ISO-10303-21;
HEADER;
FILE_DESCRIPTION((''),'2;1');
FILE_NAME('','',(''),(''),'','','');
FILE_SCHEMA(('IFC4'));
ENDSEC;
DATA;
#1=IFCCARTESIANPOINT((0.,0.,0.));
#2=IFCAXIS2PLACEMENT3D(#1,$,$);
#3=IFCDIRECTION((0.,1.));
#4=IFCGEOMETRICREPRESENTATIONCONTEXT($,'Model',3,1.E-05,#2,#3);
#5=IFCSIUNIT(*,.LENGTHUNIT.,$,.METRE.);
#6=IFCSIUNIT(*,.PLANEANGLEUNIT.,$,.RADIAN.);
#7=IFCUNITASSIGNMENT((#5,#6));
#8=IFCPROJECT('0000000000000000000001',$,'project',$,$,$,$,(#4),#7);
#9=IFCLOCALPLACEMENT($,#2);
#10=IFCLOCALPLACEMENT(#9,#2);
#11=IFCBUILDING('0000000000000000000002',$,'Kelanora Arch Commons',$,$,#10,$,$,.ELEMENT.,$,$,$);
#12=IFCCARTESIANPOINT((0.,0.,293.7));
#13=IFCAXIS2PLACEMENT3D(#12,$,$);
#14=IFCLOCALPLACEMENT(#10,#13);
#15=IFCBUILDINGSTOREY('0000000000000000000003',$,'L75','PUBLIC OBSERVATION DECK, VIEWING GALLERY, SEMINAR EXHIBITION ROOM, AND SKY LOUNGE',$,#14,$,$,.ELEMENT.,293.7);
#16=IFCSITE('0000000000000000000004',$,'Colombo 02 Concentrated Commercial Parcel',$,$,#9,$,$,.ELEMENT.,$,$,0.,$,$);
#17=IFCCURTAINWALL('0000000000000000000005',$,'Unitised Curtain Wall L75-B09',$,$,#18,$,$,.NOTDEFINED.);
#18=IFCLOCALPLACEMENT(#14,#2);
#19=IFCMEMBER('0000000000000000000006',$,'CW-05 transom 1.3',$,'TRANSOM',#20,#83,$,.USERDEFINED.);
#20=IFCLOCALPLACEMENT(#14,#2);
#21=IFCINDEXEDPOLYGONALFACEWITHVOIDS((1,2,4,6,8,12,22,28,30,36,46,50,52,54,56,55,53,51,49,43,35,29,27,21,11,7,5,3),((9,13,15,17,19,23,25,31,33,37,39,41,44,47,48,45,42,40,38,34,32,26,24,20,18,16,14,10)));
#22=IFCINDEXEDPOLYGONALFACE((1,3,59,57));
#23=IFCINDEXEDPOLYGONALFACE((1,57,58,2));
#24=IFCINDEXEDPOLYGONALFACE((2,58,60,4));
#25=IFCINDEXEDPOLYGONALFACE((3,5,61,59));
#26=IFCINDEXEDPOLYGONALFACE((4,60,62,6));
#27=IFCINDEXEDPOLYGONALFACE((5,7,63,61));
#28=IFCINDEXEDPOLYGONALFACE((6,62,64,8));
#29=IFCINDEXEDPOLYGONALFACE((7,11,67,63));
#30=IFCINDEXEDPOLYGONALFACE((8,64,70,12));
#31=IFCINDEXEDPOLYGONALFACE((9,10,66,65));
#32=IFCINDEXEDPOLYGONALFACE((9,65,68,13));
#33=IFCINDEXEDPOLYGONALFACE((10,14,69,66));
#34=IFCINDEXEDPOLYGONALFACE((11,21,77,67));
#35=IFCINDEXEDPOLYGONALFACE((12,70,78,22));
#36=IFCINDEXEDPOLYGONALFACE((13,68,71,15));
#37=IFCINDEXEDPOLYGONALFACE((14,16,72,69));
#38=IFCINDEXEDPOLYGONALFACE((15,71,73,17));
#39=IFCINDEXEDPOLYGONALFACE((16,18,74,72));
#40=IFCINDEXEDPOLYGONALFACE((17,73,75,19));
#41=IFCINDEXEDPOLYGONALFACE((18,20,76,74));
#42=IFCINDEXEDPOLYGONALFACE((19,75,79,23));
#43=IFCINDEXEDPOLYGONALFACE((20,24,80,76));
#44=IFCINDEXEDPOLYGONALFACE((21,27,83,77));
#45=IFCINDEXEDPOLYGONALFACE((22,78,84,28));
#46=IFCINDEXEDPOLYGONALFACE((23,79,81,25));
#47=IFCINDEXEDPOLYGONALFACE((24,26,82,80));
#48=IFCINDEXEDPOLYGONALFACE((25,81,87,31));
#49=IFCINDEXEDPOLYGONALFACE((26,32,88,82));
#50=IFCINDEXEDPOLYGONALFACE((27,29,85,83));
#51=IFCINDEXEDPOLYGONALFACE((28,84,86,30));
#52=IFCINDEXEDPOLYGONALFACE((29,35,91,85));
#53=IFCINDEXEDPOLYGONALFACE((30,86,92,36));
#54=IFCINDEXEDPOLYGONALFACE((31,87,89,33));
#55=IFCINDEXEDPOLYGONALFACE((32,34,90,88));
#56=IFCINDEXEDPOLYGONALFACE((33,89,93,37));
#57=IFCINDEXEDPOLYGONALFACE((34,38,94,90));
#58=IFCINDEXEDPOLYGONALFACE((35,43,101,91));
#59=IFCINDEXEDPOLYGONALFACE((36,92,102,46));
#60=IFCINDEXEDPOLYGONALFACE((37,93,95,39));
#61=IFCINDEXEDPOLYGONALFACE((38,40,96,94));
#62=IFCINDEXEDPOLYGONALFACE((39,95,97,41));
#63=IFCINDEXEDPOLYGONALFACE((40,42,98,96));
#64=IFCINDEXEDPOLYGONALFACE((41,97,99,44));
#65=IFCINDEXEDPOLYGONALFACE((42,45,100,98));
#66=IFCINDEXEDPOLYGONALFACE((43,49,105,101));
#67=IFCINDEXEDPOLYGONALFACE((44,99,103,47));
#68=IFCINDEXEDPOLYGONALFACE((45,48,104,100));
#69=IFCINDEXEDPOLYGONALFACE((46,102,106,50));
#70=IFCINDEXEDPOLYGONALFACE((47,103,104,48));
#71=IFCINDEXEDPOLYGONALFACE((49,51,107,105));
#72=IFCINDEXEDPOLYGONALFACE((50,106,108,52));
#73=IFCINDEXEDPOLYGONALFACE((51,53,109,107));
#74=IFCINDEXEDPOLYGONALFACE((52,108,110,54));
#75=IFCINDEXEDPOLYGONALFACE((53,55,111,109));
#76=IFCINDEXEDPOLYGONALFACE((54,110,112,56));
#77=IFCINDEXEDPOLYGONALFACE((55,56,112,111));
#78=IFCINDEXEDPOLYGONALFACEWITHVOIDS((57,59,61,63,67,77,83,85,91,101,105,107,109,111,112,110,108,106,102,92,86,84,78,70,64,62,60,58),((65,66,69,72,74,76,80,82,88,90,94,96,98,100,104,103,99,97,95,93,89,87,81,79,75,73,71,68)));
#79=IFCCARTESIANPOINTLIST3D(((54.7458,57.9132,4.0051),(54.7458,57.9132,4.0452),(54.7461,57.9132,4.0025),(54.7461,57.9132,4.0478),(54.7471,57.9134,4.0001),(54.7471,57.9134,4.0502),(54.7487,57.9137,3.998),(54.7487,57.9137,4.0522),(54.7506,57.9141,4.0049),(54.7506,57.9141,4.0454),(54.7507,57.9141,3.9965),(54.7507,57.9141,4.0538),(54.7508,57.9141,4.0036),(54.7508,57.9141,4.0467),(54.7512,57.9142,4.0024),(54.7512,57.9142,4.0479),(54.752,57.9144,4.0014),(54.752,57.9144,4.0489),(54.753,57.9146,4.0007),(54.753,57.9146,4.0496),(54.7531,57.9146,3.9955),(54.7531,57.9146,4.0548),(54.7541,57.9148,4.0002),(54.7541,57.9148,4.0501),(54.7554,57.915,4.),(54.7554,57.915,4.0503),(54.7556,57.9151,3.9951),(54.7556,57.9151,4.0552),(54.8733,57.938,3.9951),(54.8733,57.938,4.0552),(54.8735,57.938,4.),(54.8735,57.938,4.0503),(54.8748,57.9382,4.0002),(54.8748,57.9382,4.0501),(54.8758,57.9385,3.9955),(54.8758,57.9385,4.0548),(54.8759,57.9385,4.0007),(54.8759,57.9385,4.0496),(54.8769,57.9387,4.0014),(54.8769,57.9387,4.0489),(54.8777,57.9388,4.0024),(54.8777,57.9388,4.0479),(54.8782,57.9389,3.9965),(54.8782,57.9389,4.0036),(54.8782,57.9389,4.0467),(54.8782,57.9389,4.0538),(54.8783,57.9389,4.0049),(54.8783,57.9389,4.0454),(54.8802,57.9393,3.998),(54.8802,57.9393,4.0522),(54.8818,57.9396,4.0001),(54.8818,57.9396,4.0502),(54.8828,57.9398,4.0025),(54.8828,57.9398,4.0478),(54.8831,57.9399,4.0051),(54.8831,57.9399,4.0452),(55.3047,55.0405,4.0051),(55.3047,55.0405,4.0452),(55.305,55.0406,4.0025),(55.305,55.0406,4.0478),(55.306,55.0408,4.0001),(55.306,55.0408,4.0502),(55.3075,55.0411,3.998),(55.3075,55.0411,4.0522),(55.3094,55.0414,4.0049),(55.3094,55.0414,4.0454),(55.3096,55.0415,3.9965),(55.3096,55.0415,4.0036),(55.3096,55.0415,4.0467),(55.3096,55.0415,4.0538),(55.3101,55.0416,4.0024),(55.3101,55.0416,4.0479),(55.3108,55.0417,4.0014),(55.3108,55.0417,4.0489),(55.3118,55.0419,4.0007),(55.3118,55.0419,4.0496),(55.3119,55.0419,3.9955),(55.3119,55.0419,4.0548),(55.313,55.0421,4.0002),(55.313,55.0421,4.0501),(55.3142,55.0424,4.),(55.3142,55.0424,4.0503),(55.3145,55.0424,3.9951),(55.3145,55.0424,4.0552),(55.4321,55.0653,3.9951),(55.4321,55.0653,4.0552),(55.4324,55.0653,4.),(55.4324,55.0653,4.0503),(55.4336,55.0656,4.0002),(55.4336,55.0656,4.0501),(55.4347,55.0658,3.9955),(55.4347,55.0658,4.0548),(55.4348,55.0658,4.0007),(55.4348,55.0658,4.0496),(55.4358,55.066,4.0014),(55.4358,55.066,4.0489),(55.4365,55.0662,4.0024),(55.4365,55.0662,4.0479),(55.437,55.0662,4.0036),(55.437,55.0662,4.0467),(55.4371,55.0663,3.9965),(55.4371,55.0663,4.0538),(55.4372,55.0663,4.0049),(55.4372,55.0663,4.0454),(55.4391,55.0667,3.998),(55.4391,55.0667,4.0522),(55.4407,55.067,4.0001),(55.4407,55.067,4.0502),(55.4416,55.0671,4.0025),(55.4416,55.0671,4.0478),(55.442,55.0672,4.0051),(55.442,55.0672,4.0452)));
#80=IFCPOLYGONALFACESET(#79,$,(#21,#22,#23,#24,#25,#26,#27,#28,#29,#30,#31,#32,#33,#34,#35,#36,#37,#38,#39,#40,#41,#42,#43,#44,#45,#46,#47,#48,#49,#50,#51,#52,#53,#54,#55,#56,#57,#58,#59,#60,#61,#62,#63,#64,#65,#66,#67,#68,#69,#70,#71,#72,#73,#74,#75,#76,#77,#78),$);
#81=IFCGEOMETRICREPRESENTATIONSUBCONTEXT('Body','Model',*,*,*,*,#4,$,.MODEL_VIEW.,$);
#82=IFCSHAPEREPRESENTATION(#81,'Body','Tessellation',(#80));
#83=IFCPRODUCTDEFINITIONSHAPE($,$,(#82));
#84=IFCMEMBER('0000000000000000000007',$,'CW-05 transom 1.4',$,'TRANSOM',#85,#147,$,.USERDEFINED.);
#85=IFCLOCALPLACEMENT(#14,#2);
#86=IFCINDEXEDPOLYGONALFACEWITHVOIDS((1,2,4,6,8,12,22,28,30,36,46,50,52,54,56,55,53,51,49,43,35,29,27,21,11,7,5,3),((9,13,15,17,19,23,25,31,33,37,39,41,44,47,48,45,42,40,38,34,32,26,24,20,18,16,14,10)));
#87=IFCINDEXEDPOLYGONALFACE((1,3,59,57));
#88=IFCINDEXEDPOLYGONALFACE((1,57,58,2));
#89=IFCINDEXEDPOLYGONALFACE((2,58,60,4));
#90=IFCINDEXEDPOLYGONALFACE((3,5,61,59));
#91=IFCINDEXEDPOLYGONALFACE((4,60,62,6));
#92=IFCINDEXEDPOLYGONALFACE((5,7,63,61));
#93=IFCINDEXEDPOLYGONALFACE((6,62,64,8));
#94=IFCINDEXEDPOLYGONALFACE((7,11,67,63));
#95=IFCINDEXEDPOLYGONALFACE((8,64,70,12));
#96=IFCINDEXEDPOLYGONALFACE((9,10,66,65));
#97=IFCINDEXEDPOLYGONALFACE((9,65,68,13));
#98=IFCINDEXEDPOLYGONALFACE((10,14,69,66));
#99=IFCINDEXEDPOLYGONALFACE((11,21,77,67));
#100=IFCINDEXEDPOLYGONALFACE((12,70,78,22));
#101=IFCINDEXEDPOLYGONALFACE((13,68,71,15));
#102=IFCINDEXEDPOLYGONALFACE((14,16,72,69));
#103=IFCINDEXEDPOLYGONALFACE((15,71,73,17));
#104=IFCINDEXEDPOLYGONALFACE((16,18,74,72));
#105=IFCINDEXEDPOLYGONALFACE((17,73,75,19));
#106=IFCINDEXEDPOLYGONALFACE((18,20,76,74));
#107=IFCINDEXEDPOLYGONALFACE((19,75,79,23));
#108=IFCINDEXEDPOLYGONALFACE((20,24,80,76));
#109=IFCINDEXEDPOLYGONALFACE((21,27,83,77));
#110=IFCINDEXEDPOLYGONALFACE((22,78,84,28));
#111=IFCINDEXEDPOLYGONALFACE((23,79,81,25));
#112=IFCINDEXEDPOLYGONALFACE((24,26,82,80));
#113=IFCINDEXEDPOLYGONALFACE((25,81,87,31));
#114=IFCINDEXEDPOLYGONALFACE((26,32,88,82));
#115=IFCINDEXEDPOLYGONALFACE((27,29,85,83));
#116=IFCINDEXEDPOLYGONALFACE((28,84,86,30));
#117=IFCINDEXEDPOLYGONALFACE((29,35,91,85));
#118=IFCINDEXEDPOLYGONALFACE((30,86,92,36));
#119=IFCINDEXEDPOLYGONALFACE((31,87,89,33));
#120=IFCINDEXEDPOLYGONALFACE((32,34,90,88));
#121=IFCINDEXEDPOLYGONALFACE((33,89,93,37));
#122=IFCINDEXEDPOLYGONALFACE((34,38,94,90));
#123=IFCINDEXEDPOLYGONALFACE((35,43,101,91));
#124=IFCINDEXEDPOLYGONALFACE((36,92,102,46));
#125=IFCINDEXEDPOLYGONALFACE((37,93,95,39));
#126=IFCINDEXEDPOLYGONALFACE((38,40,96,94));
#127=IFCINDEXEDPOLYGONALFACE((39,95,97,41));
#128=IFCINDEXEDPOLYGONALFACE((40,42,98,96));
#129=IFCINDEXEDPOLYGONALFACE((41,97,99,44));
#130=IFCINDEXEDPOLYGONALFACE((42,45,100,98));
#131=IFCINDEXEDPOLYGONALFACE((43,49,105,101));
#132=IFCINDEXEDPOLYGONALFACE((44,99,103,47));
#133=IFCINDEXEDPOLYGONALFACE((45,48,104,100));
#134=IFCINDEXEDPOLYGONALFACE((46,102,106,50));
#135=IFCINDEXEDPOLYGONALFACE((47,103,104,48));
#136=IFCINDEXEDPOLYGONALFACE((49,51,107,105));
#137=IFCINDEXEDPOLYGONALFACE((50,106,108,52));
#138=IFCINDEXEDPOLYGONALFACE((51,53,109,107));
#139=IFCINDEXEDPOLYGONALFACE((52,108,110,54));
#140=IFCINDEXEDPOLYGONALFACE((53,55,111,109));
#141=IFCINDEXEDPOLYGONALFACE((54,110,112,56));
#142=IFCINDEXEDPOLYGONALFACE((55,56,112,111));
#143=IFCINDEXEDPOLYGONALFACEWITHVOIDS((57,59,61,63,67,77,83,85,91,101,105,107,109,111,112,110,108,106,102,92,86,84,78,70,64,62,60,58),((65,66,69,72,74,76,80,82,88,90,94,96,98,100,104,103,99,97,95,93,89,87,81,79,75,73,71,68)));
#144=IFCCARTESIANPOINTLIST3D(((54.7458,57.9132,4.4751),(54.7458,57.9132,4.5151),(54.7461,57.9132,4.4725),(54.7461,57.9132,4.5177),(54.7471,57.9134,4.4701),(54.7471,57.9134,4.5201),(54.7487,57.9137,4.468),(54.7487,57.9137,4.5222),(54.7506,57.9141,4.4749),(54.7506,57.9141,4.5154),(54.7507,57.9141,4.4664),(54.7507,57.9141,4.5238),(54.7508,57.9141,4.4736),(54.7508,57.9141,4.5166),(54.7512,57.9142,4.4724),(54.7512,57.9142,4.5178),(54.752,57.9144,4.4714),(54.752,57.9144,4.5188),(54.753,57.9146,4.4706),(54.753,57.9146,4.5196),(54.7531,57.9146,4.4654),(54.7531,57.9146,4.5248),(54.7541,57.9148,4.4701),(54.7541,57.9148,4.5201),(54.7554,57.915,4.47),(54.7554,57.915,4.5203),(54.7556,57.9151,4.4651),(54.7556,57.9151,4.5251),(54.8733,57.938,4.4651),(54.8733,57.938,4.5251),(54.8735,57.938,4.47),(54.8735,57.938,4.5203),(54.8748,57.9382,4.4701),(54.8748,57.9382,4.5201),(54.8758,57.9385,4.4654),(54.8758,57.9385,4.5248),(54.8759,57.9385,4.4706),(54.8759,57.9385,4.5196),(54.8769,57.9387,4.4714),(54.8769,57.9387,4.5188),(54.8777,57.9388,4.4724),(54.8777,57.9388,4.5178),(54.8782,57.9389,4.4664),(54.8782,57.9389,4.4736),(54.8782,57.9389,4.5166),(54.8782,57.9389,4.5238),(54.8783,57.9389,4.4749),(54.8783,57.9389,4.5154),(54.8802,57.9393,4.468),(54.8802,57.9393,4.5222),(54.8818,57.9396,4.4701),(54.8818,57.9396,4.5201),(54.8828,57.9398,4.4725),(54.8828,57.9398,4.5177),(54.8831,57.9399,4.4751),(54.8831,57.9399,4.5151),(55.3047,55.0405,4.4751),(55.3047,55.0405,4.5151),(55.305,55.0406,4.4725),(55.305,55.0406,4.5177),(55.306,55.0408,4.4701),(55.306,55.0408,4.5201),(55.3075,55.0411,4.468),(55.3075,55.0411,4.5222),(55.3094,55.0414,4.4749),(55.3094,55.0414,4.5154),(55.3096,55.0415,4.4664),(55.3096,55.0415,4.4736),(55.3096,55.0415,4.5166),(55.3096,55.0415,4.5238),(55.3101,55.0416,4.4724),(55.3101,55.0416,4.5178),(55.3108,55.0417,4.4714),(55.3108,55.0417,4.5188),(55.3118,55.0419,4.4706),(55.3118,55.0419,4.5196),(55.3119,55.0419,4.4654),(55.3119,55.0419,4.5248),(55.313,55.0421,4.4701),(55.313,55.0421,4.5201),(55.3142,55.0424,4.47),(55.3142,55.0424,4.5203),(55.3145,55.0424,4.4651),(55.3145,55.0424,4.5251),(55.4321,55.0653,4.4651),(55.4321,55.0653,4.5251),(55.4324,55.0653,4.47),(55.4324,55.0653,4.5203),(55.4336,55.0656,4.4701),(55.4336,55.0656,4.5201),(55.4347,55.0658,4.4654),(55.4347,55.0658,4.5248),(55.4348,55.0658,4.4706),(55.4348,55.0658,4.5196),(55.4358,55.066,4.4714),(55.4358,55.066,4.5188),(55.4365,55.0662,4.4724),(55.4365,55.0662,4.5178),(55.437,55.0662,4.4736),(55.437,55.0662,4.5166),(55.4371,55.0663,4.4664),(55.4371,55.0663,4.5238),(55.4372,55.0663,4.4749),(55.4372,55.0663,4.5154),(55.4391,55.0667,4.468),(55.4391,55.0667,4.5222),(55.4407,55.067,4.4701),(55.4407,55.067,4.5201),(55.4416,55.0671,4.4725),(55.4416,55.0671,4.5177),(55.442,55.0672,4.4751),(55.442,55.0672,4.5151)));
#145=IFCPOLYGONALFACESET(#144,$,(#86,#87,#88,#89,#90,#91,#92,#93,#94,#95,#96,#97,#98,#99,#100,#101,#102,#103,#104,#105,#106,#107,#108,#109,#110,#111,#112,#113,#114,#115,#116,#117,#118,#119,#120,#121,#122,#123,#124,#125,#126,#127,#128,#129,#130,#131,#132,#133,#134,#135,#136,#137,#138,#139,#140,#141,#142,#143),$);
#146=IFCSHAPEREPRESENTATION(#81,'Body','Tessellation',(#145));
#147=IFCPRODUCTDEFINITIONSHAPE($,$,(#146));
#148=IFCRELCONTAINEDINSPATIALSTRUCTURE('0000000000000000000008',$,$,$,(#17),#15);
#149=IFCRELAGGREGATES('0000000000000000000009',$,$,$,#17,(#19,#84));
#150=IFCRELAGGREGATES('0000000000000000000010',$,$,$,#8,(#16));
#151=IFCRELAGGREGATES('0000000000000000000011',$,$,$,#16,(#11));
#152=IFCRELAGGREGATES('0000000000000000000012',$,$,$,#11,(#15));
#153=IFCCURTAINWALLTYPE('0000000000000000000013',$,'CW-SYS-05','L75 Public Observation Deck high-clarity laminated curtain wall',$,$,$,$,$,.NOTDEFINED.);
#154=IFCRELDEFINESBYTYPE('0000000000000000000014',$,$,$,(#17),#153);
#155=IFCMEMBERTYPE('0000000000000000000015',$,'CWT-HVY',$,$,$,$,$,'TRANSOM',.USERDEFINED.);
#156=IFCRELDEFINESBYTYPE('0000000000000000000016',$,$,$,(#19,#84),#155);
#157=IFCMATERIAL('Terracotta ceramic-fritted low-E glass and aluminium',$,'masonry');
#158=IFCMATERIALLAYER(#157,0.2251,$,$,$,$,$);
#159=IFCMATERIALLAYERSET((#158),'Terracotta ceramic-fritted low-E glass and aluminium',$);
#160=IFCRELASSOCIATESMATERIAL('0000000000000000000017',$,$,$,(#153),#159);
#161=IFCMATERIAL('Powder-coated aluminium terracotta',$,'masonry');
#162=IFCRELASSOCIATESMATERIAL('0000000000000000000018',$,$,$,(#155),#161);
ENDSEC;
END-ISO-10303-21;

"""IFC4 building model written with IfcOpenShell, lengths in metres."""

from ifc_helpers import new_model, si_unit, direction, frame, origin, origin_2d, place, context, subcontext, project, spatial, hollow_rectangle, extrude, material, layer, layer_set, material_profile, profile_set, type_object, element, aggregate, save


model = new_model("IFC4")

# Units and contexts
model_context = context("Model", 3, precision=1e-05, world=origin(), true_north=direction((0.0, 1.0)))
body_context = subcontext(model_context, "Body", "Model", "MODEL_VIEW")
ifc_project = project(units=[si_unit("LENGTHUNIT", "METRE"), si_unit("PLANEANGLEUNIT", "RADIAN")], contexts=[model_context])

# Site, building, storey
site_placement = place(None, origin())
site = spatial("IfcSite", under=ifc_project, at=site_placement, Name="Colombo 02 Concentrated Commercial Parcel", CompositionType="ELEMENT", RefElevation=0.0)
building_placement = place(site_placement, origin())
building = spatial("IfcBuilding", under=site, at=building_placement, Name="Kelanora Arch Commons", CompositionType="ELEMENT")
storey_placement = place(building_placement, frame((0.0, 0.0, 293.7)))
storey = spatial("IfcBuildingStorey", under=building, at=storey_placement, Name="L75", Description="PUBLIC OBSERVATION DECK, VIEWING GALLERY, SEMINAR EXHIBITION ROOM, AND SKY LOUNGE", CompositionType="ELEMENT", Elevation=293.7)

# Shared definitions
ifc_material_1 = material(Name="Terracotta ceramic-fritted low-E glass and aluminium", Category="masonry")
ifc_layer_1 = layer(ifc_material_1, 0.2251)
ifc_layer_set_1 = layer_set([ifc_layer_1], Name="Terracotta ceramic-fritted low-E glass and aluminium")
curtain_wall_type = type_object("IfcCurtainWallType", Name="CW-SYS-05", Description="L75 Public Observation Deck high-clarity laminated curtain wall", PredefinedType="NOTDEFINED", material=ifc_layer_set_1)
ifc_material_2 = material(Name="Powder-coated aluminium terracotta", Category="masonry")

# Curtain wall
curtain_wall_1_placement = place(storey_placement, origin())
curtain_wall_1 = element("IfcCurtainWall", 1, at=curtain_wall_1_placement, inside=storey, type_object=curtain_wall_type, Name="Unitised Curtain Wall L75-B09", PredefinedType="NOTDEFINED")

# Members
ifc_material_profile_1 = material_profile(ifc_material_2, hollow_rectangle(XDim=0.1399, YDim=0.0601, WallThickness=0.0049, InnerFilletRadius=0.0049, OuterFilletRadius=0.01, at=origin_2d()), Name="CWT140x60")
ifc_profile_set_1 = profile_set([ifc_material_profile_1], Name="Powder-coated aluminium terracotta")
member_type_1 = type_object("IfcMemberType", Name="CWT-HVY", ElementType="TRANSOM", PredefinedType="USERDEFINED", material=ifc_profile_set_1)
member_1_placement = place(storey_placement, frame((54.8145, 57.9265, 4.0251), z_axis=(0.190963, -0.981597, 0.0), x_axis=(0.981597, 0.190963, 0.0)))
member_1 = element("IfcMember", 2, at=member_1_placement, type_object=member_type_1, Name="CW-05 transom 1.3", ObjectType="TRANSOM", PredefinedType="USERDEFINED", context=body_context, shape_type="SweptSolid", body=[
    extrude(hollow_rectangle(XDim=0.1399, YDim=0.0601, WallThickness=0.0049, InnerFilletRadius=0.0049, OuterFilletRadius=0.01, at=origin_2d()), origin(), (0.0, 0.0, 1.0), 2.9265),
])
member_2_placement = place(storey_placement, frame((54.8145, 57.9265, 4.4951), z_axis=(0.190963, -0.981597, 0.0), x_axis=(0.981597, 0.190963, 0.0)))
member_2 = element("IfcMember", 3, at=member_2_placement, type_object=member_type_1, Name="CW-05 transom 1.4", ObjectType="TRANSOM", PredefinedType="USERDEFINED", context=body_context, shape_type="SweptSolid", body=[
    extrude(hollow_rectangle(XDim=0.1399, YDim=0.0601, WallThickness=0.0049, InnerFilletRadius=0.0049, OuterFilletRadius=0.01, at=origin_2d()), origin(), (0.0, 0.0, 1.0), 2.9265),
])

aggregate(curtain_wall_1, [member_1, member_2])

save(model, "model.ifc")
